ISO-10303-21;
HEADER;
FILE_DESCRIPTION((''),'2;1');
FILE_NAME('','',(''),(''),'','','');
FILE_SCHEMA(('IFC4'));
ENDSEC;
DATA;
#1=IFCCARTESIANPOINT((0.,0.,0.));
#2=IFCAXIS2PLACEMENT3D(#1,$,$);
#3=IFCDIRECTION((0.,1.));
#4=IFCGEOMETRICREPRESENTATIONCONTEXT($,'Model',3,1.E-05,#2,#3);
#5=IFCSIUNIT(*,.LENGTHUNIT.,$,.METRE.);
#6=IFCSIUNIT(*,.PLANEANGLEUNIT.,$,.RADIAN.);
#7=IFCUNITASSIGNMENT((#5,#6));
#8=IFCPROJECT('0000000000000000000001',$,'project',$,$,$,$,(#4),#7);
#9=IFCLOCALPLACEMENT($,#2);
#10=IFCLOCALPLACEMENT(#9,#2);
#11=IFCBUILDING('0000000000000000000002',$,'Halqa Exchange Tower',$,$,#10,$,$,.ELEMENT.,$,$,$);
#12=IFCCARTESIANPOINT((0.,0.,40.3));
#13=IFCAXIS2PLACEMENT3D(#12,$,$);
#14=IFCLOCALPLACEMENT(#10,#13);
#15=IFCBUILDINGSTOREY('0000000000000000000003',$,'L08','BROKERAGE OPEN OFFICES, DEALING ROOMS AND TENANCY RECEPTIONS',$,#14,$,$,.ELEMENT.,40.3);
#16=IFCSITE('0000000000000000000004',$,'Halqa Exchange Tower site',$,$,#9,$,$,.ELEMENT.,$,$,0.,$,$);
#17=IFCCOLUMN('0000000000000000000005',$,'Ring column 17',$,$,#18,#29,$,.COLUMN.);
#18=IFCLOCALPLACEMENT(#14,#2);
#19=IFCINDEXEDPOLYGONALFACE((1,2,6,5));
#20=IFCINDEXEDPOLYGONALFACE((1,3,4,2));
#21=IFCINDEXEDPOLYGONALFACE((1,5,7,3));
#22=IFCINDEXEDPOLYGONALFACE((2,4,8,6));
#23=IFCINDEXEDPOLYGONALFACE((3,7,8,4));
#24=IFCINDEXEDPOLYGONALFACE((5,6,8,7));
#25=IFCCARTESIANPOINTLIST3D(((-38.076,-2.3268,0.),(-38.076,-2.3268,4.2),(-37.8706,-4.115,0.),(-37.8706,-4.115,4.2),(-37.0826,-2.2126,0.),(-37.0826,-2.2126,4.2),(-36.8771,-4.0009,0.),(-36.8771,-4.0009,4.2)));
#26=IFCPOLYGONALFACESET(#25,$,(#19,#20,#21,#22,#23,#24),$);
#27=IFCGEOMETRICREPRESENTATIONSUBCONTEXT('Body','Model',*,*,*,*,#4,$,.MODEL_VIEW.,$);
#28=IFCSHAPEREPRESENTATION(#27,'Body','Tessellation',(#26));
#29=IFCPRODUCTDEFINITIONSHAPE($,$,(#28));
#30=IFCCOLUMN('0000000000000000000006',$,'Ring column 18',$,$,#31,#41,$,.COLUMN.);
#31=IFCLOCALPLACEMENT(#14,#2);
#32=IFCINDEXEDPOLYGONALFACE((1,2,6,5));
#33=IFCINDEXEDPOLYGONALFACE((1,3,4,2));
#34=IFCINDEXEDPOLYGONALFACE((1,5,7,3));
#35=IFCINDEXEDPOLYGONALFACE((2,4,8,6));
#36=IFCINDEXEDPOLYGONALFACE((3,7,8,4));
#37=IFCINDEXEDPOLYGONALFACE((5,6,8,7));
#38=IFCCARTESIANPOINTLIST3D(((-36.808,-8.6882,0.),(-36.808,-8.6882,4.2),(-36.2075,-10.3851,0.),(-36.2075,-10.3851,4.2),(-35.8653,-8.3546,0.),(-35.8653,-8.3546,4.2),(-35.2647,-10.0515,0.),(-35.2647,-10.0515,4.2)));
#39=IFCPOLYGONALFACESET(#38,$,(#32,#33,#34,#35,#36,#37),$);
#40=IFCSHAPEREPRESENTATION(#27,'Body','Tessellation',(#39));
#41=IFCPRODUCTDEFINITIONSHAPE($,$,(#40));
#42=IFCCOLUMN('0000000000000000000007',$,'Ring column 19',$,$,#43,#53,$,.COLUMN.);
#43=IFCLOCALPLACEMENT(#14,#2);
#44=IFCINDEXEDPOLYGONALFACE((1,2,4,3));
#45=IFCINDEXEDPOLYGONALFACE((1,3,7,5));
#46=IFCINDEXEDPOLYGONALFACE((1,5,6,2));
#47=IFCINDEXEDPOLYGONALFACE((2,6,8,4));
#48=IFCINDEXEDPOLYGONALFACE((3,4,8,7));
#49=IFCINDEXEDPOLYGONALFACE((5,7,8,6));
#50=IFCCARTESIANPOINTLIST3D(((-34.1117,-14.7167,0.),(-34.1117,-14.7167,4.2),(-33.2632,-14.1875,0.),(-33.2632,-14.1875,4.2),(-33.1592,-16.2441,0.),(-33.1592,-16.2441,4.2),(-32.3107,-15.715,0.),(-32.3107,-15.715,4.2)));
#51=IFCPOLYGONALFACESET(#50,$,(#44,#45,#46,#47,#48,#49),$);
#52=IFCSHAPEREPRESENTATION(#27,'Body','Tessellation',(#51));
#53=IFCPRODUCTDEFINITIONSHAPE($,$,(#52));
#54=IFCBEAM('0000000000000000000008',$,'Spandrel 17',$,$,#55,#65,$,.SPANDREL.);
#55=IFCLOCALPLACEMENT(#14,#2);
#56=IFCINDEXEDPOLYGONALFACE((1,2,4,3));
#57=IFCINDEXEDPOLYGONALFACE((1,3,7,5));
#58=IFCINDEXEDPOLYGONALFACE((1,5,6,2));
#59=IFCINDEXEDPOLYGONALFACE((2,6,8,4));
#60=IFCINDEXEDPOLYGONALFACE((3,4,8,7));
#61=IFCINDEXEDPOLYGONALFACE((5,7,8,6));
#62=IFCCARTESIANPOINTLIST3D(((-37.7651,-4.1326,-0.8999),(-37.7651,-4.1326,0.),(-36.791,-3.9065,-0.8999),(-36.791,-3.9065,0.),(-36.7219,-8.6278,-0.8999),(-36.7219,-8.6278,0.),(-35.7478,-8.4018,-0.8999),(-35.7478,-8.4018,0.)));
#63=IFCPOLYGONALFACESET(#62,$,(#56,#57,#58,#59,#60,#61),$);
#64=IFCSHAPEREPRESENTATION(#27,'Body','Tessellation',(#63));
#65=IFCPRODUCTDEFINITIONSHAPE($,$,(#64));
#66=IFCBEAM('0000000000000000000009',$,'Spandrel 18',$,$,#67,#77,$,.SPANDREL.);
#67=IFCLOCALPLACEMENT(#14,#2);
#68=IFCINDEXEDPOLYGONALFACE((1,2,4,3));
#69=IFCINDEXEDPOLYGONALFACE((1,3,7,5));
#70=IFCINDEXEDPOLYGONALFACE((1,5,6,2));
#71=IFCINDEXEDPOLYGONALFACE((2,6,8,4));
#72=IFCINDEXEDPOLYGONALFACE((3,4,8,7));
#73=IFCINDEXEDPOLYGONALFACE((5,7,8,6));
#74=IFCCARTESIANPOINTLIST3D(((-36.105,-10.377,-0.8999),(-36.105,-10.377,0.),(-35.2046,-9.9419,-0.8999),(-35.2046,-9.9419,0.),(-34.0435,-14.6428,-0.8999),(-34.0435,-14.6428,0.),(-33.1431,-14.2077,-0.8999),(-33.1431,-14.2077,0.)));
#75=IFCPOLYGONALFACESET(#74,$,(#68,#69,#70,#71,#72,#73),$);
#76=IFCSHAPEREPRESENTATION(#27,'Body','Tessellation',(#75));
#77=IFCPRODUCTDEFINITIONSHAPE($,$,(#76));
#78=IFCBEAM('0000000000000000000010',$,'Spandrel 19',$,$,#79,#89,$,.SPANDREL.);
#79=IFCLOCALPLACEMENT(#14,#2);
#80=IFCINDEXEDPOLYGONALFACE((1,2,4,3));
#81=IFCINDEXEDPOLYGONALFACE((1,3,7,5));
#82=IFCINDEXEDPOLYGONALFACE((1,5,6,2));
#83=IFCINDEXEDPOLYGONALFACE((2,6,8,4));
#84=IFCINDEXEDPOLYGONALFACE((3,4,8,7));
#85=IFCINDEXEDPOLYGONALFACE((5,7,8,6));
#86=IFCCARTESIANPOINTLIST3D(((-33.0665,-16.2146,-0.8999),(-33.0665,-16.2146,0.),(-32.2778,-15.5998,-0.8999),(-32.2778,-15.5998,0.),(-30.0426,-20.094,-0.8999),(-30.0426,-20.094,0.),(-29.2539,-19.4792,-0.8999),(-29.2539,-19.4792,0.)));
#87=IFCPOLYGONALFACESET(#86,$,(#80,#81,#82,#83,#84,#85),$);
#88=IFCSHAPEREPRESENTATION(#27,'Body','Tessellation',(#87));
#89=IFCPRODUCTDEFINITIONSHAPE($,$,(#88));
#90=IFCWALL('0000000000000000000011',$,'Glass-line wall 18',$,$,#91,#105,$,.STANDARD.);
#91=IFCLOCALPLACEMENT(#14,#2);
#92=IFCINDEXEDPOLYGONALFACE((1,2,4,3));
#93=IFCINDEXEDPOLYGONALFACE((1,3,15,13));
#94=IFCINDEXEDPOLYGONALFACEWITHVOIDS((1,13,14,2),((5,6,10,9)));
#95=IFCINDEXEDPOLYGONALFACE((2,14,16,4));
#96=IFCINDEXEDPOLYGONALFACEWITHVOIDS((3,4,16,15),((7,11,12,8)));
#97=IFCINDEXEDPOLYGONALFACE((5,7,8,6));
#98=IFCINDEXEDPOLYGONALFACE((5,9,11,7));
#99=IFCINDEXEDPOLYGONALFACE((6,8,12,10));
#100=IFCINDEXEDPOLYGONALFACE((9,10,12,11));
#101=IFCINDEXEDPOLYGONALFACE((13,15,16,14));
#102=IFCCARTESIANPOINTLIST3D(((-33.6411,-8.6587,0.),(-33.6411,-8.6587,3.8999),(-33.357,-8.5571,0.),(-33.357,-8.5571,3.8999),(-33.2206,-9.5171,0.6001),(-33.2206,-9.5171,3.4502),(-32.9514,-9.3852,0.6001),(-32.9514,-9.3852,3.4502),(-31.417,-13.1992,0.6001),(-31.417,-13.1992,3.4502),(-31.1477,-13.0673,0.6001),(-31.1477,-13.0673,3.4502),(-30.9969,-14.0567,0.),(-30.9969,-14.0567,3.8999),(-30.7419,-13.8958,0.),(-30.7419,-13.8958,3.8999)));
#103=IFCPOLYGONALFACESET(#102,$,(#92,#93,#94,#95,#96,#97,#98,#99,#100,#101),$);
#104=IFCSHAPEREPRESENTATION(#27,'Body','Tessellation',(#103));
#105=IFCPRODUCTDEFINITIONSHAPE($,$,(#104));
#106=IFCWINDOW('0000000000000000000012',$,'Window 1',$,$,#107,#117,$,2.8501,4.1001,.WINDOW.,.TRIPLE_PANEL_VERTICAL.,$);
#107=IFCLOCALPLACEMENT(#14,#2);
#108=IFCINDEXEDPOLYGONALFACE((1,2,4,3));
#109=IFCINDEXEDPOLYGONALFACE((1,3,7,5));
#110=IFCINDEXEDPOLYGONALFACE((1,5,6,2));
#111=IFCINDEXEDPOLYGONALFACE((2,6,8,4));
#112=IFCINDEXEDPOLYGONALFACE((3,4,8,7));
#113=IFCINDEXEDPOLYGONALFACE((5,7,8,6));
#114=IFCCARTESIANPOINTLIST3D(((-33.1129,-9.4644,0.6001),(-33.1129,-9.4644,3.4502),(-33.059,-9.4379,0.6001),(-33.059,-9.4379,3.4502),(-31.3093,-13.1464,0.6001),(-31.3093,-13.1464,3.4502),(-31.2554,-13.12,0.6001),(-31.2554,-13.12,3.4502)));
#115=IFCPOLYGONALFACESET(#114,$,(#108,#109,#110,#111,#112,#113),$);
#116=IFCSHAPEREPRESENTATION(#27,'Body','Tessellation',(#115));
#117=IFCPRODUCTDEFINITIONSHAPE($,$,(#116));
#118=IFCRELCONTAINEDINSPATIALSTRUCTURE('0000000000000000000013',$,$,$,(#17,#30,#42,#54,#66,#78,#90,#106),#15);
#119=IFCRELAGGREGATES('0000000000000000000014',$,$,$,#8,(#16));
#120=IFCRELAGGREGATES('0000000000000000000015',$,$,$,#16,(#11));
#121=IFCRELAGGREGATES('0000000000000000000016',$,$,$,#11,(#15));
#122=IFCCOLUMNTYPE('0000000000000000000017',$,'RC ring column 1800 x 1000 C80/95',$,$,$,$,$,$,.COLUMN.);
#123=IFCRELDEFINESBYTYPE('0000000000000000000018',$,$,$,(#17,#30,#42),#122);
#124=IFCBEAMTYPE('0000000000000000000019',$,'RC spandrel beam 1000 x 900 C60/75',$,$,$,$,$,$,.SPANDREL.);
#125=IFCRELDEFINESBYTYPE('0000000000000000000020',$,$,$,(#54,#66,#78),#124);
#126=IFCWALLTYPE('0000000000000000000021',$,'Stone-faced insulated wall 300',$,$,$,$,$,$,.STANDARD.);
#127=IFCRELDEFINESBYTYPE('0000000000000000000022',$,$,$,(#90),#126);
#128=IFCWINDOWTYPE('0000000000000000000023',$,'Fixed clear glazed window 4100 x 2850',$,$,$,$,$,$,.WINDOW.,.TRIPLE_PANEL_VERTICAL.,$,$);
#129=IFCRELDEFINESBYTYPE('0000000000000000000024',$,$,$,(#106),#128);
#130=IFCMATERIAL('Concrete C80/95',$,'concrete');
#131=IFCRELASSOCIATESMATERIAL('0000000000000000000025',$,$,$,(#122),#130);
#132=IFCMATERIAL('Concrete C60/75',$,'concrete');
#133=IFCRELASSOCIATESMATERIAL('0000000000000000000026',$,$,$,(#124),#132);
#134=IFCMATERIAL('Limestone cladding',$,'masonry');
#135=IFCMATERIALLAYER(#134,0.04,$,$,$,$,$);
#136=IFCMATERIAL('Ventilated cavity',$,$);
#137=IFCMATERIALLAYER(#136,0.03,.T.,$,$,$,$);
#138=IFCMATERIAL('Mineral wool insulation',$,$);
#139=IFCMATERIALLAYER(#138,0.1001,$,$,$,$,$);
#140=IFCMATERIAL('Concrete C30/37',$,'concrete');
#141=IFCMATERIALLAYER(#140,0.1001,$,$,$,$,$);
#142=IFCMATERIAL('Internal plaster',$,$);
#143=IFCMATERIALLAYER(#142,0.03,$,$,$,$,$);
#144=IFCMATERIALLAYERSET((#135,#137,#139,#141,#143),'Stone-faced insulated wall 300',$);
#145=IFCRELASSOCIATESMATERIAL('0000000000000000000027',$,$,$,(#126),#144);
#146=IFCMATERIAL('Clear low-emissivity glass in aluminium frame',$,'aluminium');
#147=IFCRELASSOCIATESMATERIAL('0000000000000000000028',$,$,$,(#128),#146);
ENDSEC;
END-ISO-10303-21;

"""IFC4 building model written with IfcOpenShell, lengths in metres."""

from ifc_helpers import new_model, si_unit, direction, frame, frame_2d, origin, origin_2d, place, context, subcontext, project, spatial, polyline, rectangle, outline, extrude, material, layer, layer_set, material_profile, profile_set, type_object, element, fill, save


model = new_model("IFC4")

# Units and contexts
model_context = context("Model", 3, precision=1e-05, world=origin(), true_north=direction((0.0, 1.0)))
body_context = subcontext(model_context, "Body", "Model", "MODEL_VIEW")
ifc_project = project(units=[si_unit("LENGTHUNIT", "METRE"), si_unit("PLANEANGLEUNIT", "RADIAN")], contexts=[model_context])

# Site, building, storey
site_placement = place(None, origin())
site = spatial("IfcSite", under=ifc_project, at=site_placement, Name="Halqa Exchange Tower site", CompositionType="ELEMENT", RefElevation=0.0)
building_placement = place(site_placement, origin())
building = spatial("IfcBuilding", under=site, at=building_placement, Name="Halqa Exchange Tower", CompositionType="ELEMENT")
storey_placement = place(building_placement, frame((0.0, 0.0, 40.3)))
storey = spatial("IfcBuildingStorey", under=building, at=storey_placement, Name="L08", Description="BROKERAGE OPEN OFFICES, DEALING ROOMS AND TENANCY RECEPTIONS", CompositionType="ELEMENT", Elevation=40.3)

# Columns
ifc_material_1 = material(Name="Concrete C80/95", Category="concrete")
ifc_material_profile_1 = material_profile(ifc_material_1, rectangle(XDim=1.8, YDim=1.0, at=origin_2d()), Name="1800 x 1000")
ifc_profile_set_1 = profile_set([ifc_material_profile_1], Name="Concrete C80/95")
column_type = type_object("IfcColumnType", Name="RC ring column 1800 x 1000 C80/95", PredefinedType="COLUMN", material=ifc_profile_set_1)
for number, where, z_axis, x_axis, name in (
    (1, (-37.4766, -3.1638, 0.0), (0.0, 0.0, 1.0), (0.114155, -0.993463, 0.0), "Ring column 17"),
    (2, (-36.0364, -9.3699, 0.0), (0.0, 0.0, 1.0), (0.333631, -0.942704, 0.0), "Ring column 18"),
    (3, (-33.2112, -15.2158, 0.0), (0.0, 0.0, 1.0), (0.529142, -0.848533, 0.0), "Ring column 19"),
):
    element("IfcColumn", number, at=place(storey_placement, frame(where, z_axis=z_axis, x_axis=x_axis)), inside=storey, type_object=column_type, Name=name, PredefinedType="COLUMN", context=body_context, shape_type="SweptSolid", body=[
        extrude(rectangle(XDim=1.8, YDim=1.0, at=origin_2d()), origin(), (0.0, 0.0, 1.0), 4.2),
    ])

# Beams
ifc_material_2 = material(Name="Concrete C60/75", Category="concrete")
ifc_material_profile_2 = material_profile(ifc_material_2, rectangle(XDim=1.0, YDim=0.8999, at=origin_2d()), Name="1000 x 900")
ifc_profile_set_2 = profile_set([ifc_material_profile_2], Name="Concrete C60/75")
beam_type = type_object("IfcBeamType", Name="RC spandrel beam 1000 x 900 C60/75", PredefinedType="SPANDREL", material=ifc_profile_set_2)
beam_1_placement = place(storey_placement, frame((-37.2781, -4.0195, -0.45), z_axis=(0.226057, -0.974114, 0.0), x_axis=(0.974114, 0.226057, 0.0)))
element("IfcBeam", 4, at=beam_1_placement, inside=storey, type_object=beam_type, Name="Spandrel 17", PredefinedType="SPANDREL", context=body_context, shape_type="SweptSolid", body=[
    extrude(rectangle(XDim=1.0, YDim=0.8999, at=origin_2d()), origin(), (0.0, 0.0, 1.0), 4.6147),
])
beam_2_placement = place(storey_placement, frame((-35.6548, -10.1594, -0.45), z_axis=(0.435115, -0.900375, 0.0), x_axis=(0.900375, 0.435115, 0.0)))
element("IfcBeam", 5, at=beam_2_placement, inside=storey, type_object=beam_type, Name="Spandrel 18", PredefinedType="SPANDREL", context=body_context, shape_type="SweptSolid", body=[
    extrude(rectangle(XDim=1.0, YDim=0.8999, at=origin_2d()), origin(), (0.0, 0.0, 1.0), 4.7378),
])
beam_3_placement = place(storey_placement, frame((-32.6721, -15.9072, -0.45), z_axis=(0.614779, -0.7887, 0.0), x_axis=(0.7887, 0.614779, 0.0)))
element("IfcBeam", 6, at=beam_3_placement, inside=storey, type_object=beam_type, Name="Spandrel 19", PredefinedType="SPANDREL", context=body_context, shape_type="SweptSolid", body=[
    extrude(rectangle(XDim=1.0, YDim=0.8999, at=origin_2d()), origin(), (0.0, 0.0, 1.0), 4.9187),
])

# Wall, opening, window
ifc_material_3 = material(Name="Limestone cladding", Category="masonry")
ifc_layer_1 = layer(ifc_material_3, 0.04)
ifc_material_4 = material(Name="Ventilated cavity")
ifc_layer_2 = layer(ifc_material_4, 0.03, ventilated=True)
ifc_material_5 = material(Name="Mineral wool insulation")
ifc_layer_3 = layer(ifc_material_5, 0.1001)
ifc_material_6 = material(Name="Concrete C30/37", Category="concrete")
ifc_layer_4 = layer(ifc_material_6, 0.1001)
ifc_material_7 = material(Name="Internal plaster")
ifc_layer_5 = layer(ifc_material_7, 0.03)
ifc_layer_set = layer_set([ifc_layer_1, ifc_layer_2, ifc_layer_3, ifc_layer_4, ifc_layer_5], Name="Stone-faced insulated wall 300")
wall_type = type_object("IfcWallType", Name="Stone-faced insulated wall 300", PredefinedType="STANDARD", material=ifc_layer_set)
wall_placement = place(storey_placement, frame((-33.499, -8.6079, 0.0), z_axis=(0.0, 0.0, 1.0), x_axis=(0.439896, -0.898049, 0.0)))
wall = element("IfcWall", 7, at=wall_placement, inside=storey, type_object=wall_type, Name="Glass-line wall 18", PredefinedType="STANDARD", context=body_context, shape_type="SweptSolid", body=[
    extrude(outline(polyline([(-0.0168, -0.1499), (5.9939, -0.1499), (5.9617, 0.1499), (0.0168, 0.1499), (-0.0168, -0.1499)])), origin(), (0.0, 0.0, 1.0), 3.8999),
])
opening_placement = place(wall_placement, frame((0.939, 0.0, 0.6001)))
opening = element("IfcOpeningElement", 8, at=opening_placement, cuts=wall, PredefinedType="OPENING", context=body_context, shape_type="SweptSolid", body=[
    extrude(rectangle(XDim=4.1001, YDim=2.8501, at=frame_2d((2.05, 1.425))), frame((0.0, 0.1621, 0.0), z_axis=(0.0, -1.0, 0.0), x_axis=(1.0, 0.0, 0.0)), (0.0, 0.0, 1.0), 0.324),
])
ifc_material_8 = material(Name="Clear low-emissivity glass in aluminium frame", Category="aluminium")
window_type = type_object("IfcWindowType", Name="Fixed clear glazed window 4100 x 2850", PartitioningType="TRIPLE_PANEL_VERTICAL", PredefinedType="WINDOW", material=ifc_material_8)
window_placement = place(opening_placement, origin())
window = element("IfcWindow", 9, at=window_placement, inside=storey, type_object=window_type, Name="Window 1", OverallHeight=2.8501, OverallWidth=4.1001, PartitioningType="TRIPLE_PANEL_VERTICAL", PredefinedType="WINDOW", context=body_context, shape_type="SweptSolid", body=[
    extrude(rectangle(XDim=4.1001, YDim=2.8501, at=frame_2d((2.05, 1.425))), frame((0.0, 0.03, 0.0), z_axis=(0.0, -1.0, 0.0), x_axis=(1.0, 0.0, 0.0)), (0.0, 0.0, 1.0), 0.0601),
])
fill(opening, window)

save(model, "model.ifc")
